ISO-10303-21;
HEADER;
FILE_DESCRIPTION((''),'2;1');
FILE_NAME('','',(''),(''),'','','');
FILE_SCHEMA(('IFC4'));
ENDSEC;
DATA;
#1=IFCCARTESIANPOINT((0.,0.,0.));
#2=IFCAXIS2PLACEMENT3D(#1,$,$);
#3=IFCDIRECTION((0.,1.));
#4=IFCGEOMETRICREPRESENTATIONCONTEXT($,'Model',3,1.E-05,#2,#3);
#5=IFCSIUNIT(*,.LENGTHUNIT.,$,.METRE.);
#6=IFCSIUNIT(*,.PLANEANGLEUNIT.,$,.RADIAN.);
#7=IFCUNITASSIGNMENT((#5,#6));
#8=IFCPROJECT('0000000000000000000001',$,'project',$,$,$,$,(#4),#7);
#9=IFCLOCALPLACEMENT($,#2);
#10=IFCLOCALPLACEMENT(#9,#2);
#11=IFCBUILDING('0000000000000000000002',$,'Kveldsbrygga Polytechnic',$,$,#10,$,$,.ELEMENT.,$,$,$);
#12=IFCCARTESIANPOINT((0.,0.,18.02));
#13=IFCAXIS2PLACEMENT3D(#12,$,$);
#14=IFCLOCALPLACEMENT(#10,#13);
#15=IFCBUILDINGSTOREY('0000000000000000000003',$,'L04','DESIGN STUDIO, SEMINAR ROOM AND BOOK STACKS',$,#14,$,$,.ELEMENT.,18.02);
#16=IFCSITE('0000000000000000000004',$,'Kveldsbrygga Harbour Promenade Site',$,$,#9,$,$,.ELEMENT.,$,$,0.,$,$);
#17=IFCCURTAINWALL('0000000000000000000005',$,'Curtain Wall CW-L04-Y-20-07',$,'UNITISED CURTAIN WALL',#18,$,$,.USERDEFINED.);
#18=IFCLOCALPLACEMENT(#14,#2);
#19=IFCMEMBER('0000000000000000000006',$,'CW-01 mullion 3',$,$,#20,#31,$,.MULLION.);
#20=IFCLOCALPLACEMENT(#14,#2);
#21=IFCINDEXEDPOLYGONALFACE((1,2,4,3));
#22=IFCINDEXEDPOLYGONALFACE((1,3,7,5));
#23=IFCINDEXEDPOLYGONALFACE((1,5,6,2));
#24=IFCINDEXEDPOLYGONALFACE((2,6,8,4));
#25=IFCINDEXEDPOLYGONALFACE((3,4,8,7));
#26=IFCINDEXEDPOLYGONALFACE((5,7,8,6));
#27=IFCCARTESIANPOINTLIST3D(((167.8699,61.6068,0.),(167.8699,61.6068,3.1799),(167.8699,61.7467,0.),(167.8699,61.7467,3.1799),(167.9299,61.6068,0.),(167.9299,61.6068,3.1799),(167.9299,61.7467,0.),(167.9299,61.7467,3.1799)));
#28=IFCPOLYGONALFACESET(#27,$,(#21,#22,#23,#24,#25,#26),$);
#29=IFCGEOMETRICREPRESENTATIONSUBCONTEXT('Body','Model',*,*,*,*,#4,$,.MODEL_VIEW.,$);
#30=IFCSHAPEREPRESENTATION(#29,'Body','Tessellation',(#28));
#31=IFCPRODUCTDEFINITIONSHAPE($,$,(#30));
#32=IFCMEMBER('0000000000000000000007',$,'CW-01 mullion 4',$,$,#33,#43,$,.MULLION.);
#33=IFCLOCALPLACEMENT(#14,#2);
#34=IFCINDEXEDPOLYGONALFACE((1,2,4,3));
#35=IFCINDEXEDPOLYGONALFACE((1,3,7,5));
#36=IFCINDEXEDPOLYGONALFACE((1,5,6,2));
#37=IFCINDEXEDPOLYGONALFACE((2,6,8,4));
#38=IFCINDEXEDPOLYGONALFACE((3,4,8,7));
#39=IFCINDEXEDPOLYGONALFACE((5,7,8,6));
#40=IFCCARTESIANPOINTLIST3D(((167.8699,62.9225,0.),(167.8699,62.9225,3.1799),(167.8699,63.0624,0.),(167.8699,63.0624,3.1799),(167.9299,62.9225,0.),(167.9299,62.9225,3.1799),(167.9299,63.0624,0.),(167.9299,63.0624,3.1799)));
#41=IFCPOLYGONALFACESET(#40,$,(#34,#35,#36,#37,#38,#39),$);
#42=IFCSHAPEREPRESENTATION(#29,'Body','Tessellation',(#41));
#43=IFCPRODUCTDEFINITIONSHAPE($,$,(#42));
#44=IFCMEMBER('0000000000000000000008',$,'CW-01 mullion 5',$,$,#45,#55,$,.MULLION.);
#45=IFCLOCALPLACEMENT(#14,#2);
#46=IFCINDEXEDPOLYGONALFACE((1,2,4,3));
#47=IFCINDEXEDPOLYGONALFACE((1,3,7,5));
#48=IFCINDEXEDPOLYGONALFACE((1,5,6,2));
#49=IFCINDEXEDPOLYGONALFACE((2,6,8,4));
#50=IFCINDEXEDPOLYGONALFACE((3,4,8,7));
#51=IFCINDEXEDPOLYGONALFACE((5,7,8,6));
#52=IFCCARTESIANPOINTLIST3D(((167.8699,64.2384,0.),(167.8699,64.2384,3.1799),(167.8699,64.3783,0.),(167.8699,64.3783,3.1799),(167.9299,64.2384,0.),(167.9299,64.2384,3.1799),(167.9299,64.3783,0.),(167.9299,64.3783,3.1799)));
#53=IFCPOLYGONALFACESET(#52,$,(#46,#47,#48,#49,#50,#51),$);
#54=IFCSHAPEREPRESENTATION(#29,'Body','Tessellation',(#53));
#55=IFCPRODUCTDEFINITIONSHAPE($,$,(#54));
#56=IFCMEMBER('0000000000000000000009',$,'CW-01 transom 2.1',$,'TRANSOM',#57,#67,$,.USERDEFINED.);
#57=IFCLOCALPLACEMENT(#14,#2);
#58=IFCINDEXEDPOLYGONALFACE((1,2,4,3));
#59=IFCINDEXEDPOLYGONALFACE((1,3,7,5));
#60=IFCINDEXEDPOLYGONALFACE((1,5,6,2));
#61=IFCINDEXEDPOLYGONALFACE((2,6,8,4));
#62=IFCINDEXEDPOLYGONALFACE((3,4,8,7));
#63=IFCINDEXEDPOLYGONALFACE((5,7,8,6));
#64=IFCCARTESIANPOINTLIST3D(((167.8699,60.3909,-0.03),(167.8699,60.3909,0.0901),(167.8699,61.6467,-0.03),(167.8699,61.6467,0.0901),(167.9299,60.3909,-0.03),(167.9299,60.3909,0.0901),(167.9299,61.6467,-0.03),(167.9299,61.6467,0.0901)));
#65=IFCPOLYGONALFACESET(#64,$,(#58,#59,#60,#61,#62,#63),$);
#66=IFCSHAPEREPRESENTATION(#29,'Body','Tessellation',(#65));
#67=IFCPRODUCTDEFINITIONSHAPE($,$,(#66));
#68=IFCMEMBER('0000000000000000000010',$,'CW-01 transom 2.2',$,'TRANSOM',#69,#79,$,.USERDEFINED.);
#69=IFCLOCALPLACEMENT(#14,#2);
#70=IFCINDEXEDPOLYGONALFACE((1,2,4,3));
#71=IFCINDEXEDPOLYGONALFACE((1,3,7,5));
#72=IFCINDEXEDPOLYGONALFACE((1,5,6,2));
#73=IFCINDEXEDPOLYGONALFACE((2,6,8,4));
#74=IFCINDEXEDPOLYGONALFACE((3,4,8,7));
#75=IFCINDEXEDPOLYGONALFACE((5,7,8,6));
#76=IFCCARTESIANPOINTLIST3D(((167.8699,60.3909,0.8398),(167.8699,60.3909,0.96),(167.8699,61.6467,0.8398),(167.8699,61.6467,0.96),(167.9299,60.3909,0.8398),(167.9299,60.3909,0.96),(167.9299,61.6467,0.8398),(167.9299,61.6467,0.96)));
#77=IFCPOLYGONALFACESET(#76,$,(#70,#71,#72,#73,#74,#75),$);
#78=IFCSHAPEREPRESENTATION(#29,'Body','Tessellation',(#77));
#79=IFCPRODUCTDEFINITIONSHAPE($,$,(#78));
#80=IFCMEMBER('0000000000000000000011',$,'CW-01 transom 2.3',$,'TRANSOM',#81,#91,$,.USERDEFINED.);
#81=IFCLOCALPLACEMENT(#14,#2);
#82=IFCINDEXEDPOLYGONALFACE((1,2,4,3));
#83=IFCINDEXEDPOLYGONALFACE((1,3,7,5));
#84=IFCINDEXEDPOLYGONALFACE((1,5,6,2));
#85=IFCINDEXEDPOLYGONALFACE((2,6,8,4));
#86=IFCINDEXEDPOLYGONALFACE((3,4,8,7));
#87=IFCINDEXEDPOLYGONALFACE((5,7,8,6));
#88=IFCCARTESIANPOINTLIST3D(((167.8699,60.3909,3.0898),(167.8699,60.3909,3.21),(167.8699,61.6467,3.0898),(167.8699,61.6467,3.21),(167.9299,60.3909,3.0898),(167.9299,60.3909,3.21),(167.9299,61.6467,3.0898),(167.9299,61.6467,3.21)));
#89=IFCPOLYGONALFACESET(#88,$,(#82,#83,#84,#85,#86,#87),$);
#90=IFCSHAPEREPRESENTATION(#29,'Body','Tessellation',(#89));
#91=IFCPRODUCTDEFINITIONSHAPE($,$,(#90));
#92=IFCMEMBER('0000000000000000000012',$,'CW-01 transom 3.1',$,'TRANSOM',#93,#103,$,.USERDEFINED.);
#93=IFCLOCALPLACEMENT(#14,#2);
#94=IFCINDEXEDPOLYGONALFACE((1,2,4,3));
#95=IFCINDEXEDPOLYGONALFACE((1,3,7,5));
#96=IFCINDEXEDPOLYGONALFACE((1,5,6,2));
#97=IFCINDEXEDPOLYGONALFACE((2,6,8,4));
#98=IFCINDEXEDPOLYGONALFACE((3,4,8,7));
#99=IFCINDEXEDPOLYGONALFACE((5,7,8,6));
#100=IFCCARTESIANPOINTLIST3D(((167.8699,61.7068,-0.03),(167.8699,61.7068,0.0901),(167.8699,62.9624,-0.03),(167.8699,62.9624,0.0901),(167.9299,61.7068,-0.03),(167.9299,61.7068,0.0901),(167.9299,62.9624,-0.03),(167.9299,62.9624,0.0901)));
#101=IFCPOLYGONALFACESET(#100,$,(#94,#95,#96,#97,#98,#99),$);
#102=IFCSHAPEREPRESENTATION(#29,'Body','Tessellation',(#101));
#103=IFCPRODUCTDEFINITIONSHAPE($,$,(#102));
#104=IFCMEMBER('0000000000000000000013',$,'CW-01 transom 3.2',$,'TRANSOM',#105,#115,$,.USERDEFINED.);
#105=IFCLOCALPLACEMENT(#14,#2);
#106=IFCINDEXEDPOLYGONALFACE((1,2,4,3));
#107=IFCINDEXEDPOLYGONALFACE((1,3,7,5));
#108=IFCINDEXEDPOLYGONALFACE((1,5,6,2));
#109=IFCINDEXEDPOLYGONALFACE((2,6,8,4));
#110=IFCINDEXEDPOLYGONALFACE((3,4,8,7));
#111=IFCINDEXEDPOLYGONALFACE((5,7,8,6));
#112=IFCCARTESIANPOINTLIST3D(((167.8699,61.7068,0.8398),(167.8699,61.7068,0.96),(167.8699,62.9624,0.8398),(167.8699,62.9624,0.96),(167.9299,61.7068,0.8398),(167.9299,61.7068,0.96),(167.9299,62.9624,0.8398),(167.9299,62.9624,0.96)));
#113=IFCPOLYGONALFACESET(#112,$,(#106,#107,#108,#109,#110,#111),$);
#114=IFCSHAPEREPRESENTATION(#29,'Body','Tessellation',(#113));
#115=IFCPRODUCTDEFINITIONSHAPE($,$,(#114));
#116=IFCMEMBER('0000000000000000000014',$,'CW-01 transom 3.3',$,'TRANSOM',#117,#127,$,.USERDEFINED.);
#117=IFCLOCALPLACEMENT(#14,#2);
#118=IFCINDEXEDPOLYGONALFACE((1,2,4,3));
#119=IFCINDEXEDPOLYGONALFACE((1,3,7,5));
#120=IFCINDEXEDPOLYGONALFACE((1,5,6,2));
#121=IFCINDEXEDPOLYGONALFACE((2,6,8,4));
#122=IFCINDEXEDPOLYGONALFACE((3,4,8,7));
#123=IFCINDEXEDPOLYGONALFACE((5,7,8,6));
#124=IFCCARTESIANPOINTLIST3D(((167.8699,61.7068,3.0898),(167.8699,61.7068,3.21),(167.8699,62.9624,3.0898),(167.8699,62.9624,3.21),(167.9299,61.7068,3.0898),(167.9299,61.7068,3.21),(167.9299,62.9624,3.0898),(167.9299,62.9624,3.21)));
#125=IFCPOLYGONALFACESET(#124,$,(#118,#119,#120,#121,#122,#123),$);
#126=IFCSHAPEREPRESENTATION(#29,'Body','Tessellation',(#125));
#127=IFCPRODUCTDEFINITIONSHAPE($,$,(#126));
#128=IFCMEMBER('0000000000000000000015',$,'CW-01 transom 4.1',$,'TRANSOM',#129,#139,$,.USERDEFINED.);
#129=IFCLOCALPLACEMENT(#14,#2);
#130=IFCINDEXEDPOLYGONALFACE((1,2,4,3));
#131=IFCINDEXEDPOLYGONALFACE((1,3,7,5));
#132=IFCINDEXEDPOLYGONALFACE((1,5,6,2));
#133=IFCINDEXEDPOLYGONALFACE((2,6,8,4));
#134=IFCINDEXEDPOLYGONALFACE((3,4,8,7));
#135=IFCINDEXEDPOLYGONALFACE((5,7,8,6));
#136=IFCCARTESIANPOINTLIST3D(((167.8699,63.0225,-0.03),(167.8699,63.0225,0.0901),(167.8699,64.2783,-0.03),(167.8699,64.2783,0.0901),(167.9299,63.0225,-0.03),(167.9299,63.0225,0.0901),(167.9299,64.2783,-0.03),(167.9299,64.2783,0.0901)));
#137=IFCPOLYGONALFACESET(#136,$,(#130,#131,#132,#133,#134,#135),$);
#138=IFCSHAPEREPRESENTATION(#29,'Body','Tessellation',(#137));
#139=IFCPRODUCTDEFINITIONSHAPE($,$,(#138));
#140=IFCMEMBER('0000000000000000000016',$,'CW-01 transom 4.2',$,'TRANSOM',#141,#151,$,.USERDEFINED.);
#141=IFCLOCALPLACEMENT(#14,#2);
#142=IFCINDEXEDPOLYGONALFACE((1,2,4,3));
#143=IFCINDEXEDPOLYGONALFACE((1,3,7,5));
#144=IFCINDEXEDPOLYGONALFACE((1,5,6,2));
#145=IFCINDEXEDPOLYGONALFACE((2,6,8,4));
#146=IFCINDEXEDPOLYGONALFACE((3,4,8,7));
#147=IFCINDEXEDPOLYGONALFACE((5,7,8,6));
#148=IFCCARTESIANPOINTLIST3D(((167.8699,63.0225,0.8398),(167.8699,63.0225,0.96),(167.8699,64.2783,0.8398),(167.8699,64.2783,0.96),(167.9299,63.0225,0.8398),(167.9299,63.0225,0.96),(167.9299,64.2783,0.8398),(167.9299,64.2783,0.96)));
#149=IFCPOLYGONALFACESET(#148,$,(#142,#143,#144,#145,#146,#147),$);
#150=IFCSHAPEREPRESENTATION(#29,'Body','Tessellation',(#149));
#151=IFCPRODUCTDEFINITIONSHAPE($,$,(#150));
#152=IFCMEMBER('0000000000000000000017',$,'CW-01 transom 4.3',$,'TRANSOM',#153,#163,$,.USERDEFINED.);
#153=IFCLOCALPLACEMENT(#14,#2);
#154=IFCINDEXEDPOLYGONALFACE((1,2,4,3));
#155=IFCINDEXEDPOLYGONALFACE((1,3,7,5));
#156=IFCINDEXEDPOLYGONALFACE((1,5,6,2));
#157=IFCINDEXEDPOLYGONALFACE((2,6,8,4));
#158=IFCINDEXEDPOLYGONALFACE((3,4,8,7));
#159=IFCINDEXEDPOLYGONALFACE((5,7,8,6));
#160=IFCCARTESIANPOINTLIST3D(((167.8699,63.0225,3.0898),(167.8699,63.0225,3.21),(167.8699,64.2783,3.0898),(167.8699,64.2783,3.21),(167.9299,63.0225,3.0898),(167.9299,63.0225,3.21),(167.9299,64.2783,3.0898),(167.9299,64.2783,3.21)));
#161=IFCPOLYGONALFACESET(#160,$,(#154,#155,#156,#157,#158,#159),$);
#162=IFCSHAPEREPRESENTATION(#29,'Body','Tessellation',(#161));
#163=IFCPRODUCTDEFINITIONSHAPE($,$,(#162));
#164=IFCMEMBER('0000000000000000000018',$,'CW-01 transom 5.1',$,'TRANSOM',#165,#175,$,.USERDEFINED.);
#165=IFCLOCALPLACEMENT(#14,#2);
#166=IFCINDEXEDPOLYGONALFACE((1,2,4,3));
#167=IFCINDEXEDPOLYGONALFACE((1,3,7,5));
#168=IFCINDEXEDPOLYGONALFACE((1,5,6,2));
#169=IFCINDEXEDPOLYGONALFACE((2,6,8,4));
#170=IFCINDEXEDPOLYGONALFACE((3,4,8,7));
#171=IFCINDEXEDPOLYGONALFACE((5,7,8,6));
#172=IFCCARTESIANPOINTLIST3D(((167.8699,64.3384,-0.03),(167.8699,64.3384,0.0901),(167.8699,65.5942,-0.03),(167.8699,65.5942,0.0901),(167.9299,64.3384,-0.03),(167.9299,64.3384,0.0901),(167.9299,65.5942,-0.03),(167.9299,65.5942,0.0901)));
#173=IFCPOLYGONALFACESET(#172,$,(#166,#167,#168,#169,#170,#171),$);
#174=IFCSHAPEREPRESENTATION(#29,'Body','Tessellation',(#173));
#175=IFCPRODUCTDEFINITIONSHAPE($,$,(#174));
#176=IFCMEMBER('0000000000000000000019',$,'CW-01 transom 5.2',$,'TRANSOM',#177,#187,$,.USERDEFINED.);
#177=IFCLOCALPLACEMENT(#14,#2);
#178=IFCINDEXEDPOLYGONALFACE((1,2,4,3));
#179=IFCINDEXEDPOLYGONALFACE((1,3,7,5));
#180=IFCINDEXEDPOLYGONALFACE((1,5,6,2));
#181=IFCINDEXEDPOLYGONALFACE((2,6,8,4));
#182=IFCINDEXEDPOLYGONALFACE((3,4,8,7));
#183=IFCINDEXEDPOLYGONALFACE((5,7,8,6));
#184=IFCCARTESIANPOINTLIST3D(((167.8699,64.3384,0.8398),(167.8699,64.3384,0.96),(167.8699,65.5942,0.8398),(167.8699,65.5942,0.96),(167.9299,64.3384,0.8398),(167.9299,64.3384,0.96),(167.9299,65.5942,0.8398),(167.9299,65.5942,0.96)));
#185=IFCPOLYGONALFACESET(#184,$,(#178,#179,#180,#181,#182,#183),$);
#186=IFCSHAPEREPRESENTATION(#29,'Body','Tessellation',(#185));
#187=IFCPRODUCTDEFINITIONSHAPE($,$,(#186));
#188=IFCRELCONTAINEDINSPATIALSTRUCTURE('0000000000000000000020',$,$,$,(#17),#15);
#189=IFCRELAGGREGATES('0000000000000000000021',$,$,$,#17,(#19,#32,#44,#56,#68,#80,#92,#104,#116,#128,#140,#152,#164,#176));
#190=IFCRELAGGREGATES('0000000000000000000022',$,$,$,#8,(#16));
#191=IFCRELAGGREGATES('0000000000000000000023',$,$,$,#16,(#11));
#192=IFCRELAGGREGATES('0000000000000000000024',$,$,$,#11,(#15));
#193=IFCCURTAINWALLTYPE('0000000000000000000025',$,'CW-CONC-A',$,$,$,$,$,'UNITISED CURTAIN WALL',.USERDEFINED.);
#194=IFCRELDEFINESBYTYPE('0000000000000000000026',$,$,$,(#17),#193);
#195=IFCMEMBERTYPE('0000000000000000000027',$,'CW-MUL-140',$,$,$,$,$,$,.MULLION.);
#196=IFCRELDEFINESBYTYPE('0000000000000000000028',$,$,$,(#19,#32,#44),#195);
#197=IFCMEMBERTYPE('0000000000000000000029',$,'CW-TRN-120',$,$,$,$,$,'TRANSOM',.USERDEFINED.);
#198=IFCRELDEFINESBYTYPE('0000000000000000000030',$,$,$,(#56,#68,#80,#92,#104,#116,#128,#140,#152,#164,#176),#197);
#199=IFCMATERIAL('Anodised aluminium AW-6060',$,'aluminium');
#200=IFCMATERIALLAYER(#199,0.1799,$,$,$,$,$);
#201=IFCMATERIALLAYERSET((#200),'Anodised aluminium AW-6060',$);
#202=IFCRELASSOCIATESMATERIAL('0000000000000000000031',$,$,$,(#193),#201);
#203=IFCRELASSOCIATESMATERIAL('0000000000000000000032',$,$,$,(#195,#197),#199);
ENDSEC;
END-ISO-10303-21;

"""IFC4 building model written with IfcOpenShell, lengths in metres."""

from ifc_helpers import new_model, si_unit, direction, frame, origin, origin_2d, place, context, subcontext, project, spatial, rectangle, extrude, material, layer, layer_set, material_profile, profile_set, type_object, element, aggregate, save


model = new_model("IFC4")

# Units and contexts
model_context = context("Model", 3, precision=1e-05, world=origin(), true_north=direction((0.0, 1.0)))
body_context = subcontext(model_context, "Body", "Model", "MODEL_VIEW")
ifc_project = project(units=[si_unit("LENGTHUNIT", "METRE"), si_unit("PLANEANGLEUNIT", "RADIAN")], contexts=[model_context])

# Site, building, storey
site_placement = place(None, origin())
site = spatial("IfcSite", under=ifc_project, at=site_placement, Name="Kveldsbrygga Harbour Promenade Site", CompositionType="ELEMENT", RefElevation=0.0)
building_placement = place(site_placement, origin())
building = spatial("IfcBuilding", under=site, at=building_placement, Name="Kveldsbrygga Polytechnic", CompositionType="ELEMENT")
storey_placement = place(building_placement, frame((0.0, 0.0, 18.02)))
storey = spatial("IfcBuildingStorey", under=building, at=storey_placement, Name="L04", Description="DESIGN STUDIO, SEMINAR ROOM AND BOOK STACKS", CompositionType="ELEMENT", Elevation=18.02)

# Curtain wall, members
ifc_material_1 = material(Name="Anodised aluminium AW-6060", Category="aluminium")
ifc_layer_1 = layer(ifc_material_1, 0.1799)
ifc_layer_set_1 = layer_set([ifc_layer_1], Name="Anodised aluminium AW-6060")
curtain_wall_type = type_object("IfcCurtainWallType", Name="CW-CONC-A", ElementType="UNITISED CURTAIN WALL", PredefinedType="USERDEFINED", material=ifc_layer_set_1)
curtain_wall_placement = place(storey_placement, origin())
curtain_wall = element("IfcCurtainWall", 1, at=curtain_wall_placement, inside=storey, type_object=curtain_wall_type, Name="Curtain Wall CW-L04-Y-20-07", ObjectType="UNITISED CURTAIN WALL", PredefinedType="USERDEFINED")
ifc_material_profile_1 = material_profile(ifc_material_1, rectangle(XDim=0.0601, YDim=0.1399, at=origin_2d()), Name="ALU 60x140")
ifc_profile_set_1 = profile_set([ifc_material_profile_1], Name="Anodised aluminium AW-6060")
member_type_1 = type_object("IfcMemberType", Name="CW-MUL-140", PredefinedType="MULLION", material=ifc_profile_set_1)
member_1_placement = place(storey_placement, frame((167.8999, 61.6768, 0.0), z_axis=(0.0, 0.0, 1.0), x_axis=(-1.0, 0.0, 0.0)))
member_1 = element("IfcMember", 2, at=member_1_placement, type_object=member_type_1, Name="CW-01 mullion 3", PredefinedType="MULLION", context=body_context, shape_type="SweptSolid", body=[
    extrude(rectangle(XDim=0.0601, YDim=0.1399, at=origin_2d()), origin(), (0.0, 0.0, 1.0), 3.1799),
])
member_2_placement = place(storey_placement, frame((167.8999, 62.9924, 0.0), z_axis=(0.0, 0.0, 1.0), x_axis=(-1.0, 0.0, 0.0)))
member_2 = element("IfcMember", 3, at=member_2_placement, type_object=member_type_1, Name="CW-01 mullion 4", PredefinedType="MULLION", context=body_context, shape_type="SweptSolid", body=[
    extrude(rectangle(XDim=0.0601, YDim=0.1399, at=origin_2d()), origin(), (0.0, 0.0, 1.0), 3.1799),
])
member_3_placement = place(storey_placement, frame((167.8999, 64.3083, 0.0), z_axis=(0.0, 0.0, 1.0), x_axis=(-1.0, 0.0, 0.0)))
member_3 = element("IfcMember", 4, at=member_3_placement, type_object=member_type_1, Name="CW-01 mullion 5", PredefinedType="MULLION", context=body_context, shape_type="SweptSolid", body=[
    extrude(rectangle(XDim=0.0601, YDim=0.1399, at=origin_2d()), origin(), (0.0, 0.0, 1.0), 3.1799),
])
ifc_material_profile_2 = material_profile(ifc_material_1, rectangle(XDim=0.0601, YDim=0.1201, at=origin_2d()), Name="ALU 60x120")
ifc_profile_set_2 = profile_set([ifc_material_profile_2], Name="Anodised aluminium AW-6060")
member_type_2 = type_object("IfcMemberType", Name="CW-TRN-120", ElementType="TRANSOM", PredefinedType="USERDEFINED", material=ifc_profile_set_2)
member_4_placement = place(storey_placement, frame((167.8999, 60.3909, 0.03), z_axis=(0.0, 1.0, 0.0), x_axis=(-1.0, 0.0, 0.0)))
member_4 = element("IfcMember", 5, at=member_4_placement, type_object=member_type_2, Name="CW-01 transom 2.1", ObjectType="TRANSOM", PredefinedType="USERDEFINED", context=body_context, shape_type="SweptSolid", body=[
    extrude(rectangle(XDim=0.0601, YDim=0.1201, at=origin_2d()), origin(), (0.0, 0.0, 1.0), 1.2559),
])
member_5_placement = place(storey_placement, frame((167.8999, 60.3909, 0.8999), z_axis=(0.0, 1.0, 0.0), x_axis=(-1.0, 0.0, 0.0)))
member_5 = element("IfcMember", 6, at=member_5_placement, type_object=member_type_2, Name="CW-01 transom 2.2", ObjectType="TRANSOM", PredefinedType="USERDEFINED", context=body_context, shape_type="SweptSolid", body=[
    extrude(rectangle(XDim=0.0601, YDim=0.1201, at=origin_2d()), origin(), (0.0, 0.0, 1.0), 1.2559),
])
member_6_placement = place(storey_placement, frame((167.8999, 60.3909, 3.1499), z_axis=(0.0, 1.0, 0.0), x_axis=(-1.0, 0.0, 0.0)))
member_6 = element("IfcMember", 7, at=member_6_placement, type_object=member_type_2, Name="CW-01 transom 2.3", ObjectType="TRANSOM", PredefinedType="USERDEFINED", context=body_context, shape_type="SweptSolid", body=[
    extrude(rectangle(XDim=0.0601, YDim=0.1201, at=origin_2d()), origin(), (0.0, 0.0, 1.0), 1.2559),
])
member_7_placement = place(storey_placement, frame((167.8999, 61.7068, 0.03), z_axis=(0.0, 1.0, 0.0), x_axis=(-1.0, 0.0, 0.0)))
member_7 = element("IfcMember", 8, at=member_7_placement, type_object=member_type_2, Name="CW-01 transom 3.1", ObjectType="TRANSOM", PredefinedType="USERDEFINED", context=body_context, shape_type="SweptSolid", body=[
    extrude(rectangle(XDim=0.0601, YDim=0.1201, at=origin_2d()), origin(), (0.0, 0.0, 1.0), 1.2556),
])
member_8_placement = place(storey_placement, frame((167.8999, 61.7068, 0.8999), z_axis=(0.0, 1.0, 0.0), x_axis=(-1.0, 0.0, 0.0)))
member_8 = element("IfcMember", 9, at=member_8_placement, type_object=member_type_2, Name="CW-01 transom 3.2", ObjectType="TRANSOM", PredefinedType="USERDEFINED", context=body_context, shape_type="SweptSolid", body=[
    extrude(rectangle(XDim=0.0601, YDim=0.1201, at=origin_2d()), origin(), (0.0, 0.0, 1.0), 1.2556),
])
member_9_placement = place(storey_placement, frame((167.8999, 61.7068, 3.1499), z_axis=(0.0, 1.0, 0.0), x_axis=(-1.0, 0.0, 0.0)))
member_9 = element("IfcMember", 10, at=member_9_placement, type_object=member_type_2, Name="CW-01 transom 3.3", ObjectType="TRANSOM", PredefinedType="USERDEFINED", context=body_context, shape_type="SweptSolid", body=[
    extrude(rectangle(XDim=0.0601, YDim=0.1201, at=origin_2d()), origin(), (0.0, 0.0, 1.0), 1.2556),
])
member_10_placement = place(storey_placement, frame((167.8999, 63.0225, 0.03), z_axis=(0.0, 1.0, 0.0), x_axis=(-1.0, 0.0, 0.0)))
member_10 = element("IfcMember", 11, at=member_10_placement, type_object=member_type_2, Name="CW-01 transom 4.1", ObjectType="TRANSOM", PredefinedType="USERDEFINED", context=body_context, shape_type="SweptSolid", body=[
    extrude(rectangle(XDim=0.0601, YDim=0.1201, at=origin_2d()), origin(), (0.0, 0.0, 1.0), 1.2559),
])
member_11_placement = place(storey_placement, frame((167.8999, 63.0225, 0.8999), z_axis=(0.0, 1.0, 0.0), x_axis=(-1.0, 0.0, 0.0)))
member_11 = element("IfcMember", 12, at=member_11_placement, type_object=member_type_2, Name="CW-01 transom 4.2", ObjectType="TRANSOM", PredefinedType="USERDEFINED", context=body_context, shape_type="SweptSolid", body=[
    extrude(rectangle(XDim=0.0601, YDim=0.1201, at=origin_2d()), origin(), (0.0, 0.0, 1.0), 1.2559),
])
member_12_placement = place(storey_placement, frame((167.8999, 63.0225, 3.1499), z_axis=(0.0, 1.0, 0.0), x_axis=(-1.0, 0.0, 0.0)))
member_12 = element("IfcMember", 13, at=member_12_placement, type_object=member_type_2, Name="CW-01 transom 4.3", ObjectType="TRANSOM", PredefinedType="USERDEFINED", context=body_context, shape_type="SweptSolid", body=[
    extrude(rectangle(XDim=0.0601, YDim=0.1201, at=origin_2d()), origin(), (0.0, 0.0, 1.0), 1.2559),
])
member_13_placement = place(storey_placement, frame((167.8999, 64.3384, 0.03), z_axis=(0.0, 1.0, 0.0), x_axis=(-1.0, 0.0, 0.0)))
member_13 = element("IfcMember", 14, at=member_13_placement, type_object=member_type_2, Name="CW-01 transom 5.1", ObjectType="TRANSOM", PredefinedType="USERDEFINED", context=body_context, shape_type="SweptSolid", body=[
    extrude(rectangle(XDim=0.0601, YDim=0.1201, at=origin_2d()), origin(), (0.0, 0.0, 1.0), 1.2559),
])
member_14_placement = place(storey_placement, frame((167.8999, 64.3384, 0.8999), z_axis=(0.0, 1.0, 0.0), x_axis=(-1.0, 0.0, 0.0)))
member_14 = element("IfcMember", 15, at=member_14_placement, type_object=member_type_2, Name="CW-01 transom 5.2", ObjectType="TRANSOM", PredefinedType="USERDEFINED", context=body_context, shape_type="SweptSolid", body=[
    extrude(rectangle(XDim=0.0601, YDim=0.1201, at=origin_2d()), origin(), (0.0, 0.0, 1.0), 1.2559),
])

aggregate(curtain_wall, [member_1, member_2, member_3, member_4, member_5, member_6, member_7, member_8, member_9, member_10, member_11, member_12, member_13, member_14])

save(model, "model.ifc")
